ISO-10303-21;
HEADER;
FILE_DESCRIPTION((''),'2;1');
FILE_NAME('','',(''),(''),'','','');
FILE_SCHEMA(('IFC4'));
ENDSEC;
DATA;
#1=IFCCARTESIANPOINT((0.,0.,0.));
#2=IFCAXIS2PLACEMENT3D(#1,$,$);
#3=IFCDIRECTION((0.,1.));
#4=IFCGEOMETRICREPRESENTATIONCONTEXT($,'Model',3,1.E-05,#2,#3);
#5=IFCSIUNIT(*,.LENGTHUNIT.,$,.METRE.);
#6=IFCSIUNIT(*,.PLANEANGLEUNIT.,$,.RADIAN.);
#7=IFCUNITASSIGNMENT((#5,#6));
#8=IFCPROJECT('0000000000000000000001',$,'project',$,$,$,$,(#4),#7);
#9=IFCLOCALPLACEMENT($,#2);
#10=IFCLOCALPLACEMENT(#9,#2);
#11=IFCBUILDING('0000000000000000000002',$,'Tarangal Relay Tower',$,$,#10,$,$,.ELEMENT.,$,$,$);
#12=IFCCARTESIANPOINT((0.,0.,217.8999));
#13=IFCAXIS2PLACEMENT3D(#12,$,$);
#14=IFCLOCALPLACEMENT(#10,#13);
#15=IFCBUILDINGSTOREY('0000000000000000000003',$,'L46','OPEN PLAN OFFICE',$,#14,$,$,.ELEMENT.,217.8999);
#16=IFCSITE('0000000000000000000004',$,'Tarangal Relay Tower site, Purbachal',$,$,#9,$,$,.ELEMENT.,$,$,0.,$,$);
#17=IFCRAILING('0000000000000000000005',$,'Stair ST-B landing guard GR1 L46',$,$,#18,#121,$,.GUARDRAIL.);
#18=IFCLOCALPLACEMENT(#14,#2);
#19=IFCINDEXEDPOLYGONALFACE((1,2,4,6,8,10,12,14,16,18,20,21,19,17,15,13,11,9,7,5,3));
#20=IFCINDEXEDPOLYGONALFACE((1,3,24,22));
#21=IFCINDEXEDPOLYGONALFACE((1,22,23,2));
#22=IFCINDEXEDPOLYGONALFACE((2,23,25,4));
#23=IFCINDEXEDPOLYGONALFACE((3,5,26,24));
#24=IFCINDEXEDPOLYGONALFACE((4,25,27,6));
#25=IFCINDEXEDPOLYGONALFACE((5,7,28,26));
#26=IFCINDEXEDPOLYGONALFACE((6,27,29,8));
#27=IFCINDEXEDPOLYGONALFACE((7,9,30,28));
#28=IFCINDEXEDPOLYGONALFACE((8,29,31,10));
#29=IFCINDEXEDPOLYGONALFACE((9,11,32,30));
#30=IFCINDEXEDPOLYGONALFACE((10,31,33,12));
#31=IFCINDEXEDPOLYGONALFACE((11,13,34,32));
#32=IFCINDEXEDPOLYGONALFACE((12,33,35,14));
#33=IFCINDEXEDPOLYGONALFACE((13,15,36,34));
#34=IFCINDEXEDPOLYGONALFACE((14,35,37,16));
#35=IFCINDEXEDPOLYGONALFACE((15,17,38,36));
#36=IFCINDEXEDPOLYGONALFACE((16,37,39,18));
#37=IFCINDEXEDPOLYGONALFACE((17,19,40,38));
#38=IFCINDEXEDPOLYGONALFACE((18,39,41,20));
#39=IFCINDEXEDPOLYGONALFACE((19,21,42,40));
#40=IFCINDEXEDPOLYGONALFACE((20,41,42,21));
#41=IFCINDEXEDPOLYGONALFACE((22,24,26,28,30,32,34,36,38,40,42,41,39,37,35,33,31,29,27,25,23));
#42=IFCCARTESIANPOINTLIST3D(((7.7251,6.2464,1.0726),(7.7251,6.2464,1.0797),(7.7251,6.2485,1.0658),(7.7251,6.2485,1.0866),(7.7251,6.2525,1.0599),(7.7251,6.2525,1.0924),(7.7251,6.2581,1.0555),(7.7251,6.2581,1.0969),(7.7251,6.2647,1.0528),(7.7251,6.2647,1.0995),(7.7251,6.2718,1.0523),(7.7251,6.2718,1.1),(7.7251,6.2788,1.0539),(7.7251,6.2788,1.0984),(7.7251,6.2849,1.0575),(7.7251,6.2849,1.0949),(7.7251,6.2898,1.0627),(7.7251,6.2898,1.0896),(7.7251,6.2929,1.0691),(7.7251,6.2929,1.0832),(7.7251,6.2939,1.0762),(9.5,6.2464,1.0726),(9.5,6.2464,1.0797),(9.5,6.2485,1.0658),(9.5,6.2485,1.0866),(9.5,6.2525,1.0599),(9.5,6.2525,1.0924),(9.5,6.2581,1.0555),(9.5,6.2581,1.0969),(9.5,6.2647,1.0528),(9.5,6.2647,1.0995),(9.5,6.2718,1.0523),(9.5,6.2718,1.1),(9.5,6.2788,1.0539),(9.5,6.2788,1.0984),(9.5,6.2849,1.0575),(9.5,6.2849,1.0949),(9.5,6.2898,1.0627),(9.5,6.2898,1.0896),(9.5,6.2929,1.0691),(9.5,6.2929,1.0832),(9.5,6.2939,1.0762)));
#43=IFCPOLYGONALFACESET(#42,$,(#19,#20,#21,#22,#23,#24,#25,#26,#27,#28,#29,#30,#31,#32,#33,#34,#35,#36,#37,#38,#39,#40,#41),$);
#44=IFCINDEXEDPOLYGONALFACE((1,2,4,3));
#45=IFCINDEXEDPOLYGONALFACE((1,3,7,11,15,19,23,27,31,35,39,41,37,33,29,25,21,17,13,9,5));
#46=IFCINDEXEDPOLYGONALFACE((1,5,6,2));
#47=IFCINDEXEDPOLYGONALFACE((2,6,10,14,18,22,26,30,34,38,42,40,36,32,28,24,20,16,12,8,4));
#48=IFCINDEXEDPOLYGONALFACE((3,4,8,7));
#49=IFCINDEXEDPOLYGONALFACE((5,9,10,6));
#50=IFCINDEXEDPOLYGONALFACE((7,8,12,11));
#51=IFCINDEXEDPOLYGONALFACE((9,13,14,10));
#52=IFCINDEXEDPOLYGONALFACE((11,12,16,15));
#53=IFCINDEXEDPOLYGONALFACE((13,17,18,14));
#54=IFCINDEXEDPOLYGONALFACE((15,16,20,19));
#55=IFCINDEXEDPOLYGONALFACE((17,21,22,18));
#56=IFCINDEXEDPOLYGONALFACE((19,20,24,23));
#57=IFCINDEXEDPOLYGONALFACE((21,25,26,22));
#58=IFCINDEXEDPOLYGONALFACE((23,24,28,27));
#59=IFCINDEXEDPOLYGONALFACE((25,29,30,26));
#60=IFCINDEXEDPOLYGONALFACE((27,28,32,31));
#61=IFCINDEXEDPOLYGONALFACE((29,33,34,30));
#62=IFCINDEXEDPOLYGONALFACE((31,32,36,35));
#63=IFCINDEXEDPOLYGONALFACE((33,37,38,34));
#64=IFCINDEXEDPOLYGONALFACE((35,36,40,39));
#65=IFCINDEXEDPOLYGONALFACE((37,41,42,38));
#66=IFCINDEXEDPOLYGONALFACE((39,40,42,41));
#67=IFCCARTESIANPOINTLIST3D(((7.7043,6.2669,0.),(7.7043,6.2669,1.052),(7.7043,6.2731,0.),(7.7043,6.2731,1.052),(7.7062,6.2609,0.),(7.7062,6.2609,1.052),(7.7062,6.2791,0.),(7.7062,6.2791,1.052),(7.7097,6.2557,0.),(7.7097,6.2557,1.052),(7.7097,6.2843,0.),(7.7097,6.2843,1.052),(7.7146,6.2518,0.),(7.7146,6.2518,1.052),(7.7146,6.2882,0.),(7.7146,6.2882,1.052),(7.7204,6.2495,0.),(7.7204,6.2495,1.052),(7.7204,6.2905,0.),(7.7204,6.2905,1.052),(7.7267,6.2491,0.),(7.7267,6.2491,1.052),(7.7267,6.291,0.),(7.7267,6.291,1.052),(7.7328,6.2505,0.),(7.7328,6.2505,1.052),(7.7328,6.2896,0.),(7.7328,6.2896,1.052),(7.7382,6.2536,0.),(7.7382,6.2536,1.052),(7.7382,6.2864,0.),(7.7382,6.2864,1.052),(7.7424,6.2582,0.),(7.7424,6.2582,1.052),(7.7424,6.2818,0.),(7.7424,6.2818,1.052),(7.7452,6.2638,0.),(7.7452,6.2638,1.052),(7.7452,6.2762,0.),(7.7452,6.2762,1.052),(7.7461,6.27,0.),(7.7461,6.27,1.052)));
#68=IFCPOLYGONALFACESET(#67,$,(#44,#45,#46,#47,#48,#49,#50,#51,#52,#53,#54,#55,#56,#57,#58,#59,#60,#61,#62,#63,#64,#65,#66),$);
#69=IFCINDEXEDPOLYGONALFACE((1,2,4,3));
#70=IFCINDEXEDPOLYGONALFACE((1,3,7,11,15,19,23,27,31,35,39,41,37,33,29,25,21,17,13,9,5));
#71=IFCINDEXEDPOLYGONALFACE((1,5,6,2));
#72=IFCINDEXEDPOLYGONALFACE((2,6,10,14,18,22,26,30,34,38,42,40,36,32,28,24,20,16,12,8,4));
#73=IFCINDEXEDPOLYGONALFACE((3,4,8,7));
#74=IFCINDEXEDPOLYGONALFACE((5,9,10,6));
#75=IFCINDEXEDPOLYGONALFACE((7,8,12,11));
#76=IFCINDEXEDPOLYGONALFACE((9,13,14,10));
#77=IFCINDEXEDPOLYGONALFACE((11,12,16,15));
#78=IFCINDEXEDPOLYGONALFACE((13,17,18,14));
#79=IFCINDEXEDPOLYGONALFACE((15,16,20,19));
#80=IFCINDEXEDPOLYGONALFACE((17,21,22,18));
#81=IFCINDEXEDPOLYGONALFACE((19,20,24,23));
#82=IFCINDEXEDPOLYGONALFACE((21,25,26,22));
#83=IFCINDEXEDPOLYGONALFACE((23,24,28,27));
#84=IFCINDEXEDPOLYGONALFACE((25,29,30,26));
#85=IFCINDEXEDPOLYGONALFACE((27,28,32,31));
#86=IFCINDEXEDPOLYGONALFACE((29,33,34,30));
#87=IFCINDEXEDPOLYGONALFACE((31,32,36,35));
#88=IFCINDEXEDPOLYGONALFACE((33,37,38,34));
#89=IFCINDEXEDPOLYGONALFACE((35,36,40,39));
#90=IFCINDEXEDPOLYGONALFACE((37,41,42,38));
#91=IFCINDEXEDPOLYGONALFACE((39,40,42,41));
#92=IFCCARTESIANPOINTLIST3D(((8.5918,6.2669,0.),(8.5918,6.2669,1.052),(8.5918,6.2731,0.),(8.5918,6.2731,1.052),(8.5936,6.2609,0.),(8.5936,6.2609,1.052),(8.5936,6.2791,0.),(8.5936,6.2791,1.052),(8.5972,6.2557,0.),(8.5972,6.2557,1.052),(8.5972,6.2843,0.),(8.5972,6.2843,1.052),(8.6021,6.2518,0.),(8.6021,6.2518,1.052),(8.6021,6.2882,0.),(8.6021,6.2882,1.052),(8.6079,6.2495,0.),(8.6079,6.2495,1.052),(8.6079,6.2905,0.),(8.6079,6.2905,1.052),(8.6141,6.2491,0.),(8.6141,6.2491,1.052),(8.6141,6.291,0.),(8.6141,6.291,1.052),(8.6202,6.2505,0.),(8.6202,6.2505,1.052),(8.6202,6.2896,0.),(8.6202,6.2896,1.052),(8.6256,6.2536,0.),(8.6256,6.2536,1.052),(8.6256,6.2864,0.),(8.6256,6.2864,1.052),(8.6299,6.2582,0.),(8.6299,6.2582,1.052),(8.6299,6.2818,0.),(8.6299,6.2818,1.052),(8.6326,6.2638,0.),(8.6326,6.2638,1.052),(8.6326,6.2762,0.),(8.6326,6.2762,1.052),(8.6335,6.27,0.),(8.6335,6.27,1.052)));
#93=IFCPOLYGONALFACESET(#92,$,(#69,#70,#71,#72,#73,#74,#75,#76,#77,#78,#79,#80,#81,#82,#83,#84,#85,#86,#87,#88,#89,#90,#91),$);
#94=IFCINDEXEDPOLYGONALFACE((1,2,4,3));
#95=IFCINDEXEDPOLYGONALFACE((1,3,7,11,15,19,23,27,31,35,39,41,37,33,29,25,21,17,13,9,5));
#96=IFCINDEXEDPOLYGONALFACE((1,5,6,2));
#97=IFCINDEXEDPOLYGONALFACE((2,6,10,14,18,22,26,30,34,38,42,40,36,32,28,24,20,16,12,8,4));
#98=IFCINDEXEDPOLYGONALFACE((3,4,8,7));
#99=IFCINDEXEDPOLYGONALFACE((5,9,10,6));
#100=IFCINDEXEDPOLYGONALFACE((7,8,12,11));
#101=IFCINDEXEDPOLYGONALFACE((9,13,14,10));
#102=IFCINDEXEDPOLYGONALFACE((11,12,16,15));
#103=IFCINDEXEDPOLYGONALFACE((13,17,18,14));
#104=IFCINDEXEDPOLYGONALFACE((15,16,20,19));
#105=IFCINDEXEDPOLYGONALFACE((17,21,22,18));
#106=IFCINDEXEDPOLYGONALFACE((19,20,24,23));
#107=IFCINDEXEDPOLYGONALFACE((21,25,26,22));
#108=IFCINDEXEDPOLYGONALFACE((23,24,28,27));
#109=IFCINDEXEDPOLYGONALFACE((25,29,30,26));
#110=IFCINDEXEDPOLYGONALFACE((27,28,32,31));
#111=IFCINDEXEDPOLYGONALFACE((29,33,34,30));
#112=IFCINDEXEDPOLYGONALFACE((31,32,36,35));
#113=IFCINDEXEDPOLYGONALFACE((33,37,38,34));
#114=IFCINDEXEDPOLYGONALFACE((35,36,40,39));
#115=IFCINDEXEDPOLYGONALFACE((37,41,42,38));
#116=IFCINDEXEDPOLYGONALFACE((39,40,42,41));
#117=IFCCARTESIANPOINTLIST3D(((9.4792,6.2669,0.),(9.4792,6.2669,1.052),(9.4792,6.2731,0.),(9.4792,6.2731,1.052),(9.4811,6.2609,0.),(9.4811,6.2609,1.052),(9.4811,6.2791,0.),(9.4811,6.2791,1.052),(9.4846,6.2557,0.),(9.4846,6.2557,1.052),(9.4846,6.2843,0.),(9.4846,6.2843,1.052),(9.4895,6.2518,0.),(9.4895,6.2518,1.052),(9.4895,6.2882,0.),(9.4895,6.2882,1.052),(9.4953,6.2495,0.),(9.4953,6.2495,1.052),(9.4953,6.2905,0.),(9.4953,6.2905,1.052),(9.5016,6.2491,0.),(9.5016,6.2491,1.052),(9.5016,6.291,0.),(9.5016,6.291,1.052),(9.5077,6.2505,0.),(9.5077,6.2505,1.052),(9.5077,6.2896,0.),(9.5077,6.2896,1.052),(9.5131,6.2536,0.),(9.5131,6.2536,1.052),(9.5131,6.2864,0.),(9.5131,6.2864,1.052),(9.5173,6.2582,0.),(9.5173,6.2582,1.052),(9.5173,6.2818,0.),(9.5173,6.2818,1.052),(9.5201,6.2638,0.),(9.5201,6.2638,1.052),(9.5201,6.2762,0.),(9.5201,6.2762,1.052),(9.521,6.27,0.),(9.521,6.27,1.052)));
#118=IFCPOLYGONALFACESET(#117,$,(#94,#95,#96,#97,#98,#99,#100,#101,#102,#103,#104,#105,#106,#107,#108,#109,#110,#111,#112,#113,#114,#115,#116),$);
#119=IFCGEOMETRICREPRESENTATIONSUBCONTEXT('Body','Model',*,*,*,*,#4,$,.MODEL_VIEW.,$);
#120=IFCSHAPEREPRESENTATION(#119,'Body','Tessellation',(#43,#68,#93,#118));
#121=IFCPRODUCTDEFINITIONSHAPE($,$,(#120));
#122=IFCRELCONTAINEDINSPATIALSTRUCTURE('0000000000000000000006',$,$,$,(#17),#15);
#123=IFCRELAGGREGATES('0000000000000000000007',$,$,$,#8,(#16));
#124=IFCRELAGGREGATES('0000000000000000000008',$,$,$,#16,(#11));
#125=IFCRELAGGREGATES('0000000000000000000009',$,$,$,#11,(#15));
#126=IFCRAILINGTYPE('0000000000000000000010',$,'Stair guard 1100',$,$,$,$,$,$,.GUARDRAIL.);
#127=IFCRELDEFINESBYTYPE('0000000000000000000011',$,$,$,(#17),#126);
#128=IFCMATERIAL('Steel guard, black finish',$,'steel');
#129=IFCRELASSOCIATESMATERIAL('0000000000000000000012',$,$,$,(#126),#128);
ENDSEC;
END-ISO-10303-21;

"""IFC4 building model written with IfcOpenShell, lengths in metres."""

from ifc_helpers import new_model, si_unit, direction, frame, origin, origin_2d, place, context, subcontext, project, spatial, circle, extrude, material, type_object, element, save


model = new_model("IFC4")

# Units and contexts
model_context = context("Model", 3, precision=1e-05, world=origin(), true_north=direction((0.0, 1.0)))
body_context = subcontext(model_context, "Body", "Model", "MODEL_VIEW")
ifc_project = project(units=[si_unit("LENGTHUNIT", "METRE"), si_unit("PLANEANGLEUNIT", "RADIAN")], contexts=[model_context])

# Site, building, storey
site_placement = place(None, origin())
site = spatial("IfcSite", under=ifc_project, at=site_placement, Name="Tarangal Relay Tower site, Purbachal", CompositionType="ELEMENT", RefElevation=0.0)
building_placement = place(site_placement, origin())
building = spatial("IfcBuilding", under=site, at=building_placement, Name="Tarangal Relay Tower", CompositionType="ELEMENT")
storey_placement = place(building_placement, frame((0.0, 0.0, 217.8999)))
storey = spatial("IfcBuildingStorey", under=building, at=storey_placement, Name="L46", Description="OPEN PLAN OFFICE", CompositionType="ELEMENT", Elevation=217.8999)

# Railing
ifc_material_1 = material(Name="Steel guard, black finish", Category="steel")
railing_type_1 = type_object("IfcRailingType", Name="Stair guard 1100", PredefinedType="GUARDRAIL", material=ifc_material_1)
railing_1_placement = place(storey_placement, frame((7.7251, 6.27, 0.0)))
element("IfcRailing", 1, at=railing_1_placement, inside=storey, type_object=railing_type_1, Name="Stair ST-B landing guard GR1 L46", PredefinedType="GUARDRAIL", context=body_context, shape_type="SweptSolid", body=[
    extrude(circle(Radius=0.0239, at=origin_2d()), frame((0.0, 0.0, 1.0762), z_axis=(1.0, 0.0, 0.0), x_axis=(0.0, 1.0, 0.0)), (0.0, 0.0, 1.0), 1.7749),
    extrude(circle(Radius=0.021, at=origin_2d()), origin(), (0.0, 0.0, 1.0), 1.052),
    extrude(circle(Radius=0.021, at=origin_2d()), frame((0.8875, 0.0, 0.0)), (0.0, 0.0, 1.0), 1.052),
    extrude(circle(Radius=0.021, at=origin_2d()), frame((1.7749, 0.0, 0.0)), (0.0, 0.0, 1.0), 1.052),
])

save(model, "model.ifc")
